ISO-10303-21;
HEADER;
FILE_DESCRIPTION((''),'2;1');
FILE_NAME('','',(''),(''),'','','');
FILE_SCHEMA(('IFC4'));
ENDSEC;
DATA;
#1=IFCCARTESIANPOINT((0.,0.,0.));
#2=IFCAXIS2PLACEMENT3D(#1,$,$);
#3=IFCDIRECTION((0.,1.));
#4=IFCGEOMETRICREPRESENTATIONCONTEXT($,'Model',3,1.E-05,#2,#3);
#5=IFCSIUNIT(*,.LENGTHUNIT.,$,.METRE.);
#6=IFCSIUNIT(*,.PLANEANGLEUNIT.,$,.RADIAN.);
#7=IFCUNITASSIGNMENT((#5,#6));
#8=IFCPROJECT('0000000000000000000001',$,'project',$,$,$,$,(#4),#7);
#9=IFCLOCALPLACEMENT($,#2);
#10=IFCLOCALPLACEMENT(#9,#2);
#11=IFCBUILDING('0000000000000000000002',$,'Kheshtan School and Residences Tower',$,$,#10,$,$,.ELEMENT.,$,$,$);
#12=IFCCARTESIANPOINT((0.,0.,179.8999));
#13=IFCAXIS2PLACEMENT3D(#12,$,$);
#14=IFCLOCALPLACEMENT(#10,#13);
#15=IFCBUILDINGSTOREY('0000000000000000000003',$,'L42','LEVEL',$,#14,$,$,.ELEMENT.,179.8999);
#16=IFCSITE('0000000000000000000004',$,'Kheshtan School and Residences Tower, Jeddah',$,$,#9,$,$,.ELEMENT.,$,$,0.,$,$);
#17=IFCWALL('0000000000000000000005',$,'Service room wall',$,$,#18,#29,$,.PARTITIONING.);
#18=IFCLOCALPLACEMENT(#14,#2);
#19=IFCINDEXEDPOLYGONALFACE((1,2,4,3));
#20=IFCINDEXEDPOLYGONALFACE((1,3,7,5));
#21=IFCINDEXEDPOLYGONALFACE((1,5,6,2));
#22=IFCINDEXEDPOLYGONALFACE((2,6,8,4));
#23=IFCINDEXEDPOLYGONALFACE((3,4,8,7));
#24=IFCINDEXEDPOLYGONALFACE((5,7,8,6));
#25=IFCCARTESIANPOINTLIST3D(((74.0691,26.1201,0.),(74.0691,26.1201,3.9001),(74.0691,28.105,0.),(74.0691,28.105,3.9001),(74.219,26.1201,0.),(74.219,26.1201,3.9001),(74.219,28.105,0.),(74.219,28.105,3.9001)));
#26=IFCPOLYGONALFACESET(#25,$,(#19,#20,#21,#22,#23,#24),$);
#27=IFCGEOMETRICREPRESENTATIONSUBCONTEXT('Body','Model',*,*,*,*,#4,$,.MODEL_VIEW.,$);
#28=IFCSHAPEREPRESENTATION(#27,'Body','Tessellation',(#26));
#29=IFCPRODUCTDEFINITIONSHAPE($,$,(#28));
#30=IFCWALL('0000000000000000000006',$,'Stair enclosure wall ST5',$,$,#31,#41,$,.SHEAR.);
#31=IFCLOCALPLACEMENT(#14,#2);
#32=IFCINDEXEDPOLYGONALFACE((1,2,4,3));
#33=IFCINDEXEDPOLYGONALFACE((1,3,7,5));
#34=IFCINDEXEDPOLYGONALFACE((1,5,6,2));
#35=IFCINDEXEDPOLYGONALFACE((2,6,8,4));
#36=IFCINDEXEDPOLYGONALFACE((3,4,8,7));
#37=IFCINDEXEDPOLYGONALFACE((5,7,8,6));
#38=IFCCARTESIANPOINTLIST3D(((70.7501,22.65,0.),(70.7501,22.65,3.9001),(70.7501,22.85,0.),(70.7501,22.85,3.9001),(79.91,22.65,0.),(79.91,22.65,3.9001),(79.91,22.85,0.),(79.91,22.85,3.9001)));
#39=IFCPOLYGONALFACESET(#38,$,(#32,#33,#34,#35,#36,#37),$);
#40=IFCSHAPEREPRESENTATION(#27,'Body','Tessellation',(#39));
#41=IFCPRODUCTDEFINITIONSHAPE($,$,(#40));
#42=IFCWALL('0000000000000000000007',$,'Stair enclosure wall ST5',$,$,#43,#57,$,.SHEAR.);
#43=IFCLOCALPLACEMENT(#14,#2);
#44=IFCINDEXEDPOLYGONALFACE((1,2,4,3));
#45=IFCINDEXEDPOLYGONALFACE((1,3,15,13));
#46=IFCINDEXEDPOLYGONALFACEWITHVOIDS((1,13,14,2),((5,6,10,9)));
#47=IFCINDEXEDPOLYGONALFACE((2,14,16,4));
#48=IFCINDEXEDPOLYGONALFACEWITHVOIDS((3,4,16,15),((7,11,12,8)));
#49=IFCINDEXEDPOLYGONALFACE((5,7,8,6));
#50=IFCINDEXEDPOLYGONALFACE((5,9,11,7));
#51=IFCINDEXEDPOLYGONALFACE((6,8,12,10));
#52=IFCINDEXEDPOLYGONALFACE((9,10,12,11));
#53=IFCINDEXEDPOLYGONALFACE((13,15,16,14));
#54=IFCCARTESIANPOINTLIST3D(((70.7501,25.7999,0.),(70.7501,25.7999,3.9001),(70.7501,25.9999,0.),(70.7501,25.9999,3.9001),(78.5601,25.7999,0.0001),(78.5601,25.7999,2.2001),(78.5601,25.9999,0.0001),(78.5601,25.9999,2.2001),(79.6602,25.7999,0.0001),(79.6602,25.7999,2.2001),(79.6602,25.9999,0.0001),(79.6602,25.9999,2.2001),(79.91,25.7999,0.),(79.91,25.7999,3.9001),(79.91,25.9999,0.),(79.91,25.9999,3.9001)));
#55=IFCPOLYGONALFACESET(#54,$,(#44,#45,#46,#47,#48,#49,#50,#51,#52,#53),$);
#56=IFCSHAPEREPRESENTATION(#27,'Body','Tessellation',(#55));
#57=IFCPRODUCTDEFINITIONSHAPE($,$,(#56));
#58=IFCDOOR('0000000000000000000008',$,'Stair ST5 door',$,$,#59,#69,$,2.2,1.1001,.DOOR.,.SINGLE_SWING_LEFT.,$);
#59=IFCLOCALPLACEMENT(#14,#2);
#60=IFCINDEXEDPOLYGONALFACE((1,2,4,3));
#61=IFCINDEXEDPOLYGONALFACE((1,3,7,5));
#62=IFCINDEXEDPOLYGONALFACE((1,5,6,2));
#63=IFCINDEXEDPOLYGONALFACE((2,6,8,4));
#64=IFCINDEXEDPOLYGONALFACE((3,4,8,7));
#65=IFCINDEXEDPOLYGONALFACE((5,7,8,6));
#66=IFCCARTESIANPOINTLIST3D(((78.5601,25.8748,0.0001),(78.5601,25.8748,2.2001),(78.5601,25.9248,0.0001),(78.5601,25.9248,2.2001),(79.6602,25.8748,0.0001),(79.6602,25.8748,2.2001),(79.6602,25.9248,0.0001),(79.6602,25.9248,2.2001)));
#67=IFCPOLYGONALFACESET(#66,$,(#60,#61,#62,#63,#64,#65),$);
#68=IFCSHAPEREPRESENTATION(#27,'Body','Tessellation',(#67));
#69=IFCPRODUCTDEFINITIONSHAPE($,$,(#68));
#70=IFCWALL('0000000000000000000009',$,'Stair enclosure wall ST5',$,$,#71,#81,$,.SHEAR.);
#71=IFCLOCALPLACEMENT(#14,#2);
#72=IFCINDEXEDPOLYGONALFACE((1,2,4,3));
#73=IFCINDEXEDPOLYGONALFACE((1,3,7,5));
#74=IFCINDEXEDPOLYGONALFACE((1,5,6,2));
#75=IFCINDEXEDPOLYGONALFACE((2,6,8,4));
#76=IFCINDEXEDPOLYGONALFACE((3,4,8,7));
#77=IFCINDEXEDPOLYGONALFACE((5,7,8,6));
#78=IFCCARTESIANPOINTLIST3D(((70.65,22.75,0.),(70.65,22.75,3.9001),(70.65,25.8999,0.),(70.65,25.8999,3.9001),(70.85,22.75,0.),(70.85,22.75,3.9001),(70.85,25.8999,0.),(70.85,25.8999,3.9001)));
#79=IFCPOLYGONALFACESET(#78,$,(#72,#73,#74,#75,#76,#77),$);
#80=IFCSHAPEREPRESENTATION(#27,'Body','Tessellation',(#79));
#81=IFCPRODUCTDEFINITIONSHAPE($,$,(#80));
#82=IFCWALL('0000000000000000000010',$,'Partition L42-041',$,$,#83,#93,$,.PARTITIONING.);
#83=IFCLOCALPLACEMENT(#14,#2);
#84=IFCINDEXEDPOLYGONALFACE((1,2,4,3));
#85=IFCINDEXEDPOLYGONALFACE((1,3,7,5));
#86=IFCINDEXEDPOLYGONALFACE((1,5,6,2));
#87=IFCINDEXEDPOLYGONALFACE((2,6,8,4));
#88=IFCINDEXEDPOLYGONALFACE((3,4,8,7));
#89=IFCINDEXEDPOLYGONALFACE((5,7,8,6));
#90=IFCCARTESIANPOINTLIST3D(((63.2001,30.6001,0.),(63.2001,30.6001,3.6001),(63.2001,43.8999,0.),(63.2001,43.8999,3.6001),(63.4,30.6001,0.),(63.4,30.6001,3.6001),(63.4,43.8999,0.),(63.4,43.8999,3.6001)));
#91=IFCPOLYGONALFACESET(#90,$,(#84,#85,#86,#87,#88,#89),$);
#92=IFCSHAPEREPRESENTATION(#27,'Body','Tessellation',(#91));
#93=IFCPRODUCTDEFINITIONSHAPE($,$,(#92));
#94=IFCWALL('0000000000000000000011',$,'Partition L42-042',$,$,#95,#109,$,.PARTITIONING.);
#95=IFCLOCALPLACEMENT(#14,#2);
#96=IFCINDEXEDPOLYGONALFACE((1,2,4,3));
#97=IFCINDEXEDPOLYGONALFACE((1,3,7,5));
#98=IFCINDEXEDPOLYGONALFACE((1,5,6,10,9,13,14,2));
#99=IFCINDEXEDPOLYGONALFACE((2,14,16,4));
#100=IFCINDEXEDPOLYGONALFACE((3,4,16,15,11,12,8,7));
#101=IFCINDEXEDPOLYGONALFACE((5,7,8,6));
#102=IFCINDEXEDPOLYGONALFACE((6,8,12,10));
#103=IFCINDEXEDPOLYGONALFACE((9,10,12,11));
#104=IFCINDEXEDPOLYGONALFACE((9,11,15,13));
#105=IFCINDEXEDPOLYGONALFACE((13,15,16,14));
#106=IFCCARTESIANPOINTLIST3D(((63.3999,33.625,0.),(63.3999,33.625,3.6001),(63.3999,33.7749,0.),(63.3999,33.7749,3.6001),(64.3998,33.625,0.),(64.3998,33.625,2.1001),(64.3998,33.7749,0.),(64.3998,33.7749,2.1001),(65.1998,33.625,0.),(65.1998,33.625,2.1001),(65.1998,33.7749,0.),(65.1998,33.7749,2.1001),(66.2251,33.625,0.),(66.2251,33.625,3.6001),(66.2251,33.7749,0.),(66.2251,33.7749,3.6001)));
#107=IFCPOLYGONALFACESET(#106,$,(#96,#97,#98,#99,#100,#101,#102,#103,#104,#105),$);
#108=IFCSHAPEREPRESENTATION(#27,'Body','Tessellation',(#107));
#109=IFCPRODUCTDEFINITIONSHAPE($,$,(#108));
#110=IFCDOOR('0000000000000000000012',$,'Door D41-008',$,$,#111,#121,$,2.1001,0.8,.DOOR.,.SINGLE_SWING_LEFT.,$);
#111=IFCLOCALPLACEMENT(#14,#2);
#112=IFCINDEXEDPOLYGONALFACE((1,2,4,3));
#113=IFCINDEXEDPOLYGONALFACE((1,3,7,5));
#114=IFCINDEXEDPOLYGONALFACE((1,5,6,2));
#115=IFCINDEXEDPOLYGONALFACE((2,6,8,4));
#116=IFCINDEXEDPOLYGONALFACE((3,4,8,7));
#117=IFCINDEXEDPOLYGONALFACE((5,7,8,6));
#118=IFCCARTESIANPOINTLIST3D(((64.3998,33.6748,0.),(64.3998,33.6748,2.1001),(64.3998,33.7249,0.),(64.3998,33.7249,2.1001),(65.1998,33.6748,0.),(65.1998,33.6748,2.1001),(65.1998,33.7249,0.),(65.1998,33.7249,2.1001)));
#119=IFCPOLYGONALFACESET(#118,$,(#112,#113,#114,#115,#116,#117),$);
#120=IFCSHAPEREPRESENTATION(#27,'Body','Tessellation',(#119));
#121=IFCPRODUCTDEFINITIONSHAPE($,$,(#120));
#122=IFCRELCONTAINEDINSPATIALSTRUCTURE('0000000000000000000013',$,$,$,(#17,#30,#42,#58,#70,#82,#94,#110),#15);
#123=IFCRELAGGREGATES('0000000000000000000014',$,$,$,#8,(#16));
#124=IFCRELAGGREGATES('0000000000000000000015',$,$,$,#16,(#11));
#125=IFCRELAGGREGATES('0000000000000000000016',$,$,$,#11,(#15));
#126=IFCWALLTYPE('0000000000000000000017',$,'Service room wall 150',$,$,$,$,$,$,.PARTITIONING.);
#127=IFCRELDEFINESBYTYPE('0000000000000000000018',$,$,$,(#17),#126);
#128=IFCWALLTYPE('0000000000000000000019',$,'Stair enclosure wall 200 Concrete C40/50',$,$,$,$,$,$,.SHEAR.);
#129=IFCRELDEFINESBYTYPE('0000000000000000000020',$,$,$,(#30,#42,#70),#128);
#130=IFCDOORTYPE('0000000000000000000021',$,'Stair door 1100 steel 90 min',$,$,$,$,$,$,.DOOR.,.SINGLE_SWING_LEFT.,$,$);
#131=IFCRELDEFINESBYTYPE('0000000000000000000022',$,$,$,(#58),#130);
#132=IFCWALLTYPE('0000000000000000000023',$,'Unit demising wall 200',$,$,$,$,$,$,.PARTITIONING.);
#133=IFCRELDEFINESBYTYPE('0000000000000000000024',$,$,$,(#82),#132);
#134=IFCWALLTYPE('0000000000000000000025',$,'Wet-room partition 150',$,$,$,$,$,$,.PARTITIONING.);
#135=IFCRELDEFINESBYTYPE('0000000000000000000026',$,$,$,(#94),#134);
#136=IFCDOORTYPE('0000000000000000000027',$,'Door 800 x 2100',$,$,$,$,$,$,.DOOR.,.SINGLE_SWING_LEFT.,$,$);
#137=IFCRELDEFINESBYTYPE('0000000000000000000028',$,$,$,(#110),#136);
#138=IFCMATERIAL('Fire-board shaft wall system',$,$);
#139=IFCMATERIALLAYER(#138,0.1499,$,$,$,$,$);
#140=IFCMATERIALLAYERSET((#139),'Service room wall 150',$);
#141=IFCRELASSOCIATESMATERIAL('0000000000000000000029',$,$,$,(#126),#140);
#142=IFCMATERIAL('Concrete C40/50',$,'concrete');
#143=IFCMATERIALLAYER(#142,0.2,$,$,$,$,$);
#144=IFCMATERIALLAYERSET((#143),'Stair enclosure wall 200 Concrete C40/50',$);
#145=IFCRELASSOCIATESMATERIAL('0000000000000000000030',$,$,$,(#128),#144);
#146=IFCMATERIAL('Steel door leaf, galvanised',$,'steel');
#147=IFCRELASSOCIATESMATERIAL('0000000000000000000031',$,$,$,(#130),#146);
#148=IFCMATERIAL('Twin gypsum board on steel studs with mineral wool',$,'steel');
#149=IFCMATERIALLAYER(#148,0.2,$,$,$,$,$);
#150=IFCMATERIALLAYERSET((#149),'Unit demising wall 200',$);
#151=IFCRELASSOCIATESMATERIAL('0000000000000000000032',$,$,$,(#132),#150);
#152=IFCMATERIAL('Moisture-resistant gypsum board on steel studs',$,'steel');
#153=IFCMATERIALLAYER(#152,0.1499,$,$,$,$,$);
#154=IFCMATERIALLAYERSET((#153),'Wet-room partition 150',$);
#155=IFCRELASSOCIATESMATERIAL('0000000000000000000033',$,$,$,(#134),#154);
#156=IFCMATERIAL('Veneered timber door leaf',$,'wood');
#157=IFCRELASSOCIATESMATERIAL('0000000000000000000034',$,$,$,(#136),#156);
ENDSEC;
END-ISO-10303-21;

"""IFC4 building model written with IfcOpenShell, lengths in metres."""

from ifc_helpers import new_model, si_unit, direction, frame, frame_2d, origin, place, context, subcontext, project, spatial, rectangle, extrude, source, transform, mapped, material, layer, layer_set, type_object, element, fill, save


model = new_model("IFC4")

# Units and contexts
model_context = context("Model", 3, precision=1e-05, world=origin(), true_north=direction((0.0, 1.0)))
body_context = subcontext(model_context, "Body", "Model", "MODEL_VIEW")
ifc_project = project(units=[si_unit("LENGTHUNIT", "METRE"), si_unit("PLANEANGLEUNIT", "RADIAN")], contexts=[model_context])

# Site, building, storey
site_placement = place(None, origin())
site = spatial("IfcSite", under=ifc_project, at=site_placement, Name="Kheshtan School and Residences Tower, Jeddah", CompositionType="ELEMENT", RefElevation=0.0)
building_placement = place(site_placement, origin())
building = spatial("IfcBuilding", under=site, at=building_placement, Name="Kheshtan School and Residences Tower", CompositionType="ELEMENT")
storey_placement = place(building_placement, frame((0.0, 0.0, 179.8999)))
storey = spatial("IfcBuildingStorey", under=building, at=storey_placement, Name="L42", Description="LEVEL", CompositionType="ELEMENT", Elevation=179.8999)

# Shared definitions
ifc_material_1 = material(Name="Fire-board shaft wall system")
ifc_layer_1 = layer(ifc_material_1, 0.1499)
ifc_layer_set_1 = layer_set([ifc_layer_1], Name="Service room wall 150")
wall_type_1 = type_object("IfcWallType", Name="Service room wall 150", PredefinedType="PARTITIONING", material=ifc_layer_set_1)

# Shared definitions
ifc_material_2 = material(Name="Steel door leaf, galvanised", Category="steel")

# Walls
wall_1_placement = place(storey_placement, frame((74.144, 26.1201, 0.0), z_axis=(0.0, 0.0, 1.0), x_axis=(0.0, 1.0, 0.0)))
element("IfcWall", 1, at=wall_1_placement, inside=storey, type_object=wall_type_1, Name="Service room wall", PredefinedType="PARTITIONING", context=body_context, shape_type="SweptSolid", body=[
    extrude(rectangle(XDim=1.9849, YDim=0.1499, at=frame_2d((0.9924, 0.0))), origin(), (0.0, 0.0, 1.0), 3.9001),
])
ifc_material_3 = material(Name="Concrete C40/50", Category="concrete")
ifc_layer_2 = layer(ifc_material_3, 0.2)
ifc_layer_set_2 = layer_set([ifc_layer_2], Name="Stair enclosure wall 200 Concrete C40/50")
wall_type_2 = type_object("IfcWallType", Name="Stair enclosure wall 200 Concrete C40/50", PredefinedType="SHEAR", material=ifc_layer_set_2)
wall_2_placement = place(storey_placement, frame((70.75, 22.75, 0.0), z_axis=(0.0, 0.0, 1.0), x_axis=(1.0, 0.0, 0.0)))
element("IfcWall", 2, at=wall_2_placement, inside=storey, type_object=wall_type_2, Name="Stair enclosure wall ST5", PredefinedType="SHEAR", context=body_context, shape_type="SweptSolid", body=[
    extrude(rectangle(XDim=9.1599, YDim=0.2, at=frame_2d((4.5801, 0.0))), origin(), (0.0, 0.0, 1.0), 3.9001),
])

# Wall, opening, door
wall_3_placement = place(storey_placement, frame((70.75, 25.8999, 0.0), z_axis=(0.0, 0.0, 1.0), x_axis=(1.0, 0.0, 0.0)))
wall_3 = element("IfcWall", 3, at=wall_3_placement, inside=storey, type_object=wall_type_2, Name="Stair enclosure wall ST5", PredefinedType="SHEAR", context=body_context, shape_type="SweptSolid", body=[
    extrude(rectangle(XDim=9.1599, YDim=0.2, at=frame_2d((4.5801, 0.0))), origin(), (0.0, 0.0, 1.0), 3.9001),
])
opening_1_placement = place(wall_3_placement, frame((7.8101, 0.0, 0.0)))
opening_1 = element("IfcOpeningElement", 4, at=opening_1_placement, cuts=wall_3, PredefinedType="OPENING", context=body_context, shape_type="SweptSolid", body=[
    extrude(rectangle(XDim=1.1001, YDim=2.2, at=frame_2d((0.55, 1.1001))), frame((0.0, 0.1099, 0.0), z_axis=(0.0, -1.0, 0.0), x_axis=(1.0, 0.0, 0.0)), (0.0, 0.0, 1.0), 0.22),
])
door_type_1 = type_object("IfcDoorType", Name="Stair door 1100 steel 90 min", OperationType="SINGLE_SWING_LEFT", PredefinedType="DOOR", material=ifc_material_2)
shared_shape_1 = source(origin(), body_context, "Body", "SweptSolid", [
    extrude(rectangle(XDim=1.1001, YDim=2.2, at=frame_2d((0.55, 1.1001))), frame((0.0, 0.0249, 0.0), z_axis=(0.0, -1.0, 0.0), x_axis=(1.0, 0.0, 0.0)), (0.0, 0.0, 1.0), 0.05),
])
door_1_placement = place(opening_1_placement, origin())
door_1 = element("IfcDoor", 5, at=door_1_placement, inside=storey, type_object=door_type_1, Name="Stair ST5 door", OperationType="SINGLE_SWING_LEFT", OverallHeight=2.2, OverallWidth=1.1001, PredefinedType="DOOR", context=body_context, shape_type="MappedRepresentation", body=[
    mapped(shared_shape_1, transform((0.0, 0.0, 0.0), x_axis=(1.0, 0.0, 0.0), y_axis=(0.0, 1.0, 0.0), z_axis=(0.0, 0.0, 1.0), scale=1.0)),
])
fill(opening_1, door_1)

# Walls
wall_4_placement = place(storey_placement, frame((70.75, 22.75, 0.0), z_axis=(0.0, 0.0, 1.0), x_axis=(0.0, 1.0, 0.0)))
element("IfcWall", 6, at=wall_4_placement, inside=storey, type_object=wall_type_2, Name="Stair enclosure wall ST5", PredefinedType="SHEAR", context=body_context, shape_type="SweptSolid", body=[
    extrude(rectangle(XDim=3.1499, YDim=0.2, at=frame_2d((1.575, 0.0))), origin(), (0.0, 0.0, 1.0), 3.9001),
])
ifc_material_4 = material(Name="Twin gypsum board on steel studs with mineral wool", Category="steel")
ifc_layer_3 = layer(ifc_material_4, 0.2)
ifc_layer_set_3 = layer_set([ifc_layer_3], Name="Unit demising wall 200")
wall_type_3 = type_object("IfcWallType", Name="Unit demising wall 200", PredefinedType="PARTITIONING", material=ifc_layer_set_3)
wall_5_placement = place(storey_placement, frame((63.3, 30.6001, 0.0), z_axis=(0.0, 0.0, 1.0), x_axis=(0.0, 1.0, 0.0)))
element("IfcWall", 7, at=wall_5_placement, inside=storey, type_object=wall_type_3, Name="Partition L42-041", PredefinedType="PARTITIONING", context=body_context, shape_type="SweptSolid", body=[
    extrude(rectangle(XDim=13.2998, YDim=0.2, at=frame_2d((6.6499, 0.0))), origin(), (0.0, 0.0, 1.0), 3.6001),
])

# Wall, opening, door
ifc_material_5 = material(Name="Moisture-resistant gypsum board on steel studs", Category="steel")
ifc_layer_4 = layer(ifc_material_5, 0.1499)
ifc_layer_set_4 = layer_set([ifc_layer_4], Name="Wet-room partition 150")
wall_type_4 = type_object("IfcWallType", Name="Wet-room partition 150", PredefinedType="PARTITIONING", material=ifc_layer_set_4)
wall_6_placement = place(storey_placement, frame((63.3999, 33.7, 0.0), z_axis=(0.0, 0.0, 1.0), x_axis=(1.0, 0.0, 0.0)))
wall_6 = element("IfcWall", 8, at=wall_6_placement, inside=storey, type_object=wall_type_4, Name="Partition L42-042", PredefinedType="PARTITIONING", context=body_context, shape_type="SweptSolid", body=[
    extrude(rectangle(XDim=2.8252, YDim=0.1499, at=frame_2d((1.4126, 0.0))), origin(), (0.0, 0.0, 1.0), 3.6001),
])
opening_2_placement = place(wall_6_placement, frame((1.0, 0.0, 0.0)))
opening_2 = element("IfcOpeningElement", 9, at=opening_2_placement, cuts=wall_6, PredefinedType="OPENING", context=body_context, shape_type="SweptSolid", body=[
    extrude(rectangle(XDim=0.8, YDim=2.1001, at=frame_2d((0.3999, 1.05))), frame((0.0, 0.085, 0.0), z_axis=(0.0, -1.0, 0.0), x_axis=(1.0, 0.0, 0.0)), (0.0, 0.0, 1.0), 0.1699),
])
ifc_material_6 = material(Name="Veneered timber door leaf", Category="wood")
door_type_2 = type_object("IfcDoorType", Name="Door 800 x 2100", OperationType="SINGLE_SWING_LEFT", PredefinedType="DOOR", material=ifc_material_6)
shared_shape_2 = source(origin(), body_context, "Body", "SweptSolid", [
    extrude(rectangle(XDim=0.8, YDim=2.1001, at=frame_2d((0.3999, 1.05))), frame((0.0, 0.0249, 0.0), z_axis=(0.0, -1.0, 0.0), x_axis=(1.0, 0.0, 0.0)), (0.0, 0.0, 1.0), 0.05),
])
door_2_placement = place(opening_2_placement, origin())
door_2 = element("IfcDoor", 10, at=door_2_placement, inside=storey, type_object=door_type_2, Name="Door D41-008", OperationType="SINGLE_SWING_LEFT", OverallHeight=2.1001, OverallWidth=0.8, PredefinedType="DOOR", context=body_context, shape_type="MappedRepresentation", body=[
    mapped(shared_shape_2, transform((0.0, 0.0, 0.0), x_axis=(1.0, 0.0, 0.0), y_axis=(0.0, 1.0, 0.0), z_axis=(0.0, 0.0, 1.0), scale=1.0)),
])
fill(opening_2, door_2)

save(model, "model.ifc")
